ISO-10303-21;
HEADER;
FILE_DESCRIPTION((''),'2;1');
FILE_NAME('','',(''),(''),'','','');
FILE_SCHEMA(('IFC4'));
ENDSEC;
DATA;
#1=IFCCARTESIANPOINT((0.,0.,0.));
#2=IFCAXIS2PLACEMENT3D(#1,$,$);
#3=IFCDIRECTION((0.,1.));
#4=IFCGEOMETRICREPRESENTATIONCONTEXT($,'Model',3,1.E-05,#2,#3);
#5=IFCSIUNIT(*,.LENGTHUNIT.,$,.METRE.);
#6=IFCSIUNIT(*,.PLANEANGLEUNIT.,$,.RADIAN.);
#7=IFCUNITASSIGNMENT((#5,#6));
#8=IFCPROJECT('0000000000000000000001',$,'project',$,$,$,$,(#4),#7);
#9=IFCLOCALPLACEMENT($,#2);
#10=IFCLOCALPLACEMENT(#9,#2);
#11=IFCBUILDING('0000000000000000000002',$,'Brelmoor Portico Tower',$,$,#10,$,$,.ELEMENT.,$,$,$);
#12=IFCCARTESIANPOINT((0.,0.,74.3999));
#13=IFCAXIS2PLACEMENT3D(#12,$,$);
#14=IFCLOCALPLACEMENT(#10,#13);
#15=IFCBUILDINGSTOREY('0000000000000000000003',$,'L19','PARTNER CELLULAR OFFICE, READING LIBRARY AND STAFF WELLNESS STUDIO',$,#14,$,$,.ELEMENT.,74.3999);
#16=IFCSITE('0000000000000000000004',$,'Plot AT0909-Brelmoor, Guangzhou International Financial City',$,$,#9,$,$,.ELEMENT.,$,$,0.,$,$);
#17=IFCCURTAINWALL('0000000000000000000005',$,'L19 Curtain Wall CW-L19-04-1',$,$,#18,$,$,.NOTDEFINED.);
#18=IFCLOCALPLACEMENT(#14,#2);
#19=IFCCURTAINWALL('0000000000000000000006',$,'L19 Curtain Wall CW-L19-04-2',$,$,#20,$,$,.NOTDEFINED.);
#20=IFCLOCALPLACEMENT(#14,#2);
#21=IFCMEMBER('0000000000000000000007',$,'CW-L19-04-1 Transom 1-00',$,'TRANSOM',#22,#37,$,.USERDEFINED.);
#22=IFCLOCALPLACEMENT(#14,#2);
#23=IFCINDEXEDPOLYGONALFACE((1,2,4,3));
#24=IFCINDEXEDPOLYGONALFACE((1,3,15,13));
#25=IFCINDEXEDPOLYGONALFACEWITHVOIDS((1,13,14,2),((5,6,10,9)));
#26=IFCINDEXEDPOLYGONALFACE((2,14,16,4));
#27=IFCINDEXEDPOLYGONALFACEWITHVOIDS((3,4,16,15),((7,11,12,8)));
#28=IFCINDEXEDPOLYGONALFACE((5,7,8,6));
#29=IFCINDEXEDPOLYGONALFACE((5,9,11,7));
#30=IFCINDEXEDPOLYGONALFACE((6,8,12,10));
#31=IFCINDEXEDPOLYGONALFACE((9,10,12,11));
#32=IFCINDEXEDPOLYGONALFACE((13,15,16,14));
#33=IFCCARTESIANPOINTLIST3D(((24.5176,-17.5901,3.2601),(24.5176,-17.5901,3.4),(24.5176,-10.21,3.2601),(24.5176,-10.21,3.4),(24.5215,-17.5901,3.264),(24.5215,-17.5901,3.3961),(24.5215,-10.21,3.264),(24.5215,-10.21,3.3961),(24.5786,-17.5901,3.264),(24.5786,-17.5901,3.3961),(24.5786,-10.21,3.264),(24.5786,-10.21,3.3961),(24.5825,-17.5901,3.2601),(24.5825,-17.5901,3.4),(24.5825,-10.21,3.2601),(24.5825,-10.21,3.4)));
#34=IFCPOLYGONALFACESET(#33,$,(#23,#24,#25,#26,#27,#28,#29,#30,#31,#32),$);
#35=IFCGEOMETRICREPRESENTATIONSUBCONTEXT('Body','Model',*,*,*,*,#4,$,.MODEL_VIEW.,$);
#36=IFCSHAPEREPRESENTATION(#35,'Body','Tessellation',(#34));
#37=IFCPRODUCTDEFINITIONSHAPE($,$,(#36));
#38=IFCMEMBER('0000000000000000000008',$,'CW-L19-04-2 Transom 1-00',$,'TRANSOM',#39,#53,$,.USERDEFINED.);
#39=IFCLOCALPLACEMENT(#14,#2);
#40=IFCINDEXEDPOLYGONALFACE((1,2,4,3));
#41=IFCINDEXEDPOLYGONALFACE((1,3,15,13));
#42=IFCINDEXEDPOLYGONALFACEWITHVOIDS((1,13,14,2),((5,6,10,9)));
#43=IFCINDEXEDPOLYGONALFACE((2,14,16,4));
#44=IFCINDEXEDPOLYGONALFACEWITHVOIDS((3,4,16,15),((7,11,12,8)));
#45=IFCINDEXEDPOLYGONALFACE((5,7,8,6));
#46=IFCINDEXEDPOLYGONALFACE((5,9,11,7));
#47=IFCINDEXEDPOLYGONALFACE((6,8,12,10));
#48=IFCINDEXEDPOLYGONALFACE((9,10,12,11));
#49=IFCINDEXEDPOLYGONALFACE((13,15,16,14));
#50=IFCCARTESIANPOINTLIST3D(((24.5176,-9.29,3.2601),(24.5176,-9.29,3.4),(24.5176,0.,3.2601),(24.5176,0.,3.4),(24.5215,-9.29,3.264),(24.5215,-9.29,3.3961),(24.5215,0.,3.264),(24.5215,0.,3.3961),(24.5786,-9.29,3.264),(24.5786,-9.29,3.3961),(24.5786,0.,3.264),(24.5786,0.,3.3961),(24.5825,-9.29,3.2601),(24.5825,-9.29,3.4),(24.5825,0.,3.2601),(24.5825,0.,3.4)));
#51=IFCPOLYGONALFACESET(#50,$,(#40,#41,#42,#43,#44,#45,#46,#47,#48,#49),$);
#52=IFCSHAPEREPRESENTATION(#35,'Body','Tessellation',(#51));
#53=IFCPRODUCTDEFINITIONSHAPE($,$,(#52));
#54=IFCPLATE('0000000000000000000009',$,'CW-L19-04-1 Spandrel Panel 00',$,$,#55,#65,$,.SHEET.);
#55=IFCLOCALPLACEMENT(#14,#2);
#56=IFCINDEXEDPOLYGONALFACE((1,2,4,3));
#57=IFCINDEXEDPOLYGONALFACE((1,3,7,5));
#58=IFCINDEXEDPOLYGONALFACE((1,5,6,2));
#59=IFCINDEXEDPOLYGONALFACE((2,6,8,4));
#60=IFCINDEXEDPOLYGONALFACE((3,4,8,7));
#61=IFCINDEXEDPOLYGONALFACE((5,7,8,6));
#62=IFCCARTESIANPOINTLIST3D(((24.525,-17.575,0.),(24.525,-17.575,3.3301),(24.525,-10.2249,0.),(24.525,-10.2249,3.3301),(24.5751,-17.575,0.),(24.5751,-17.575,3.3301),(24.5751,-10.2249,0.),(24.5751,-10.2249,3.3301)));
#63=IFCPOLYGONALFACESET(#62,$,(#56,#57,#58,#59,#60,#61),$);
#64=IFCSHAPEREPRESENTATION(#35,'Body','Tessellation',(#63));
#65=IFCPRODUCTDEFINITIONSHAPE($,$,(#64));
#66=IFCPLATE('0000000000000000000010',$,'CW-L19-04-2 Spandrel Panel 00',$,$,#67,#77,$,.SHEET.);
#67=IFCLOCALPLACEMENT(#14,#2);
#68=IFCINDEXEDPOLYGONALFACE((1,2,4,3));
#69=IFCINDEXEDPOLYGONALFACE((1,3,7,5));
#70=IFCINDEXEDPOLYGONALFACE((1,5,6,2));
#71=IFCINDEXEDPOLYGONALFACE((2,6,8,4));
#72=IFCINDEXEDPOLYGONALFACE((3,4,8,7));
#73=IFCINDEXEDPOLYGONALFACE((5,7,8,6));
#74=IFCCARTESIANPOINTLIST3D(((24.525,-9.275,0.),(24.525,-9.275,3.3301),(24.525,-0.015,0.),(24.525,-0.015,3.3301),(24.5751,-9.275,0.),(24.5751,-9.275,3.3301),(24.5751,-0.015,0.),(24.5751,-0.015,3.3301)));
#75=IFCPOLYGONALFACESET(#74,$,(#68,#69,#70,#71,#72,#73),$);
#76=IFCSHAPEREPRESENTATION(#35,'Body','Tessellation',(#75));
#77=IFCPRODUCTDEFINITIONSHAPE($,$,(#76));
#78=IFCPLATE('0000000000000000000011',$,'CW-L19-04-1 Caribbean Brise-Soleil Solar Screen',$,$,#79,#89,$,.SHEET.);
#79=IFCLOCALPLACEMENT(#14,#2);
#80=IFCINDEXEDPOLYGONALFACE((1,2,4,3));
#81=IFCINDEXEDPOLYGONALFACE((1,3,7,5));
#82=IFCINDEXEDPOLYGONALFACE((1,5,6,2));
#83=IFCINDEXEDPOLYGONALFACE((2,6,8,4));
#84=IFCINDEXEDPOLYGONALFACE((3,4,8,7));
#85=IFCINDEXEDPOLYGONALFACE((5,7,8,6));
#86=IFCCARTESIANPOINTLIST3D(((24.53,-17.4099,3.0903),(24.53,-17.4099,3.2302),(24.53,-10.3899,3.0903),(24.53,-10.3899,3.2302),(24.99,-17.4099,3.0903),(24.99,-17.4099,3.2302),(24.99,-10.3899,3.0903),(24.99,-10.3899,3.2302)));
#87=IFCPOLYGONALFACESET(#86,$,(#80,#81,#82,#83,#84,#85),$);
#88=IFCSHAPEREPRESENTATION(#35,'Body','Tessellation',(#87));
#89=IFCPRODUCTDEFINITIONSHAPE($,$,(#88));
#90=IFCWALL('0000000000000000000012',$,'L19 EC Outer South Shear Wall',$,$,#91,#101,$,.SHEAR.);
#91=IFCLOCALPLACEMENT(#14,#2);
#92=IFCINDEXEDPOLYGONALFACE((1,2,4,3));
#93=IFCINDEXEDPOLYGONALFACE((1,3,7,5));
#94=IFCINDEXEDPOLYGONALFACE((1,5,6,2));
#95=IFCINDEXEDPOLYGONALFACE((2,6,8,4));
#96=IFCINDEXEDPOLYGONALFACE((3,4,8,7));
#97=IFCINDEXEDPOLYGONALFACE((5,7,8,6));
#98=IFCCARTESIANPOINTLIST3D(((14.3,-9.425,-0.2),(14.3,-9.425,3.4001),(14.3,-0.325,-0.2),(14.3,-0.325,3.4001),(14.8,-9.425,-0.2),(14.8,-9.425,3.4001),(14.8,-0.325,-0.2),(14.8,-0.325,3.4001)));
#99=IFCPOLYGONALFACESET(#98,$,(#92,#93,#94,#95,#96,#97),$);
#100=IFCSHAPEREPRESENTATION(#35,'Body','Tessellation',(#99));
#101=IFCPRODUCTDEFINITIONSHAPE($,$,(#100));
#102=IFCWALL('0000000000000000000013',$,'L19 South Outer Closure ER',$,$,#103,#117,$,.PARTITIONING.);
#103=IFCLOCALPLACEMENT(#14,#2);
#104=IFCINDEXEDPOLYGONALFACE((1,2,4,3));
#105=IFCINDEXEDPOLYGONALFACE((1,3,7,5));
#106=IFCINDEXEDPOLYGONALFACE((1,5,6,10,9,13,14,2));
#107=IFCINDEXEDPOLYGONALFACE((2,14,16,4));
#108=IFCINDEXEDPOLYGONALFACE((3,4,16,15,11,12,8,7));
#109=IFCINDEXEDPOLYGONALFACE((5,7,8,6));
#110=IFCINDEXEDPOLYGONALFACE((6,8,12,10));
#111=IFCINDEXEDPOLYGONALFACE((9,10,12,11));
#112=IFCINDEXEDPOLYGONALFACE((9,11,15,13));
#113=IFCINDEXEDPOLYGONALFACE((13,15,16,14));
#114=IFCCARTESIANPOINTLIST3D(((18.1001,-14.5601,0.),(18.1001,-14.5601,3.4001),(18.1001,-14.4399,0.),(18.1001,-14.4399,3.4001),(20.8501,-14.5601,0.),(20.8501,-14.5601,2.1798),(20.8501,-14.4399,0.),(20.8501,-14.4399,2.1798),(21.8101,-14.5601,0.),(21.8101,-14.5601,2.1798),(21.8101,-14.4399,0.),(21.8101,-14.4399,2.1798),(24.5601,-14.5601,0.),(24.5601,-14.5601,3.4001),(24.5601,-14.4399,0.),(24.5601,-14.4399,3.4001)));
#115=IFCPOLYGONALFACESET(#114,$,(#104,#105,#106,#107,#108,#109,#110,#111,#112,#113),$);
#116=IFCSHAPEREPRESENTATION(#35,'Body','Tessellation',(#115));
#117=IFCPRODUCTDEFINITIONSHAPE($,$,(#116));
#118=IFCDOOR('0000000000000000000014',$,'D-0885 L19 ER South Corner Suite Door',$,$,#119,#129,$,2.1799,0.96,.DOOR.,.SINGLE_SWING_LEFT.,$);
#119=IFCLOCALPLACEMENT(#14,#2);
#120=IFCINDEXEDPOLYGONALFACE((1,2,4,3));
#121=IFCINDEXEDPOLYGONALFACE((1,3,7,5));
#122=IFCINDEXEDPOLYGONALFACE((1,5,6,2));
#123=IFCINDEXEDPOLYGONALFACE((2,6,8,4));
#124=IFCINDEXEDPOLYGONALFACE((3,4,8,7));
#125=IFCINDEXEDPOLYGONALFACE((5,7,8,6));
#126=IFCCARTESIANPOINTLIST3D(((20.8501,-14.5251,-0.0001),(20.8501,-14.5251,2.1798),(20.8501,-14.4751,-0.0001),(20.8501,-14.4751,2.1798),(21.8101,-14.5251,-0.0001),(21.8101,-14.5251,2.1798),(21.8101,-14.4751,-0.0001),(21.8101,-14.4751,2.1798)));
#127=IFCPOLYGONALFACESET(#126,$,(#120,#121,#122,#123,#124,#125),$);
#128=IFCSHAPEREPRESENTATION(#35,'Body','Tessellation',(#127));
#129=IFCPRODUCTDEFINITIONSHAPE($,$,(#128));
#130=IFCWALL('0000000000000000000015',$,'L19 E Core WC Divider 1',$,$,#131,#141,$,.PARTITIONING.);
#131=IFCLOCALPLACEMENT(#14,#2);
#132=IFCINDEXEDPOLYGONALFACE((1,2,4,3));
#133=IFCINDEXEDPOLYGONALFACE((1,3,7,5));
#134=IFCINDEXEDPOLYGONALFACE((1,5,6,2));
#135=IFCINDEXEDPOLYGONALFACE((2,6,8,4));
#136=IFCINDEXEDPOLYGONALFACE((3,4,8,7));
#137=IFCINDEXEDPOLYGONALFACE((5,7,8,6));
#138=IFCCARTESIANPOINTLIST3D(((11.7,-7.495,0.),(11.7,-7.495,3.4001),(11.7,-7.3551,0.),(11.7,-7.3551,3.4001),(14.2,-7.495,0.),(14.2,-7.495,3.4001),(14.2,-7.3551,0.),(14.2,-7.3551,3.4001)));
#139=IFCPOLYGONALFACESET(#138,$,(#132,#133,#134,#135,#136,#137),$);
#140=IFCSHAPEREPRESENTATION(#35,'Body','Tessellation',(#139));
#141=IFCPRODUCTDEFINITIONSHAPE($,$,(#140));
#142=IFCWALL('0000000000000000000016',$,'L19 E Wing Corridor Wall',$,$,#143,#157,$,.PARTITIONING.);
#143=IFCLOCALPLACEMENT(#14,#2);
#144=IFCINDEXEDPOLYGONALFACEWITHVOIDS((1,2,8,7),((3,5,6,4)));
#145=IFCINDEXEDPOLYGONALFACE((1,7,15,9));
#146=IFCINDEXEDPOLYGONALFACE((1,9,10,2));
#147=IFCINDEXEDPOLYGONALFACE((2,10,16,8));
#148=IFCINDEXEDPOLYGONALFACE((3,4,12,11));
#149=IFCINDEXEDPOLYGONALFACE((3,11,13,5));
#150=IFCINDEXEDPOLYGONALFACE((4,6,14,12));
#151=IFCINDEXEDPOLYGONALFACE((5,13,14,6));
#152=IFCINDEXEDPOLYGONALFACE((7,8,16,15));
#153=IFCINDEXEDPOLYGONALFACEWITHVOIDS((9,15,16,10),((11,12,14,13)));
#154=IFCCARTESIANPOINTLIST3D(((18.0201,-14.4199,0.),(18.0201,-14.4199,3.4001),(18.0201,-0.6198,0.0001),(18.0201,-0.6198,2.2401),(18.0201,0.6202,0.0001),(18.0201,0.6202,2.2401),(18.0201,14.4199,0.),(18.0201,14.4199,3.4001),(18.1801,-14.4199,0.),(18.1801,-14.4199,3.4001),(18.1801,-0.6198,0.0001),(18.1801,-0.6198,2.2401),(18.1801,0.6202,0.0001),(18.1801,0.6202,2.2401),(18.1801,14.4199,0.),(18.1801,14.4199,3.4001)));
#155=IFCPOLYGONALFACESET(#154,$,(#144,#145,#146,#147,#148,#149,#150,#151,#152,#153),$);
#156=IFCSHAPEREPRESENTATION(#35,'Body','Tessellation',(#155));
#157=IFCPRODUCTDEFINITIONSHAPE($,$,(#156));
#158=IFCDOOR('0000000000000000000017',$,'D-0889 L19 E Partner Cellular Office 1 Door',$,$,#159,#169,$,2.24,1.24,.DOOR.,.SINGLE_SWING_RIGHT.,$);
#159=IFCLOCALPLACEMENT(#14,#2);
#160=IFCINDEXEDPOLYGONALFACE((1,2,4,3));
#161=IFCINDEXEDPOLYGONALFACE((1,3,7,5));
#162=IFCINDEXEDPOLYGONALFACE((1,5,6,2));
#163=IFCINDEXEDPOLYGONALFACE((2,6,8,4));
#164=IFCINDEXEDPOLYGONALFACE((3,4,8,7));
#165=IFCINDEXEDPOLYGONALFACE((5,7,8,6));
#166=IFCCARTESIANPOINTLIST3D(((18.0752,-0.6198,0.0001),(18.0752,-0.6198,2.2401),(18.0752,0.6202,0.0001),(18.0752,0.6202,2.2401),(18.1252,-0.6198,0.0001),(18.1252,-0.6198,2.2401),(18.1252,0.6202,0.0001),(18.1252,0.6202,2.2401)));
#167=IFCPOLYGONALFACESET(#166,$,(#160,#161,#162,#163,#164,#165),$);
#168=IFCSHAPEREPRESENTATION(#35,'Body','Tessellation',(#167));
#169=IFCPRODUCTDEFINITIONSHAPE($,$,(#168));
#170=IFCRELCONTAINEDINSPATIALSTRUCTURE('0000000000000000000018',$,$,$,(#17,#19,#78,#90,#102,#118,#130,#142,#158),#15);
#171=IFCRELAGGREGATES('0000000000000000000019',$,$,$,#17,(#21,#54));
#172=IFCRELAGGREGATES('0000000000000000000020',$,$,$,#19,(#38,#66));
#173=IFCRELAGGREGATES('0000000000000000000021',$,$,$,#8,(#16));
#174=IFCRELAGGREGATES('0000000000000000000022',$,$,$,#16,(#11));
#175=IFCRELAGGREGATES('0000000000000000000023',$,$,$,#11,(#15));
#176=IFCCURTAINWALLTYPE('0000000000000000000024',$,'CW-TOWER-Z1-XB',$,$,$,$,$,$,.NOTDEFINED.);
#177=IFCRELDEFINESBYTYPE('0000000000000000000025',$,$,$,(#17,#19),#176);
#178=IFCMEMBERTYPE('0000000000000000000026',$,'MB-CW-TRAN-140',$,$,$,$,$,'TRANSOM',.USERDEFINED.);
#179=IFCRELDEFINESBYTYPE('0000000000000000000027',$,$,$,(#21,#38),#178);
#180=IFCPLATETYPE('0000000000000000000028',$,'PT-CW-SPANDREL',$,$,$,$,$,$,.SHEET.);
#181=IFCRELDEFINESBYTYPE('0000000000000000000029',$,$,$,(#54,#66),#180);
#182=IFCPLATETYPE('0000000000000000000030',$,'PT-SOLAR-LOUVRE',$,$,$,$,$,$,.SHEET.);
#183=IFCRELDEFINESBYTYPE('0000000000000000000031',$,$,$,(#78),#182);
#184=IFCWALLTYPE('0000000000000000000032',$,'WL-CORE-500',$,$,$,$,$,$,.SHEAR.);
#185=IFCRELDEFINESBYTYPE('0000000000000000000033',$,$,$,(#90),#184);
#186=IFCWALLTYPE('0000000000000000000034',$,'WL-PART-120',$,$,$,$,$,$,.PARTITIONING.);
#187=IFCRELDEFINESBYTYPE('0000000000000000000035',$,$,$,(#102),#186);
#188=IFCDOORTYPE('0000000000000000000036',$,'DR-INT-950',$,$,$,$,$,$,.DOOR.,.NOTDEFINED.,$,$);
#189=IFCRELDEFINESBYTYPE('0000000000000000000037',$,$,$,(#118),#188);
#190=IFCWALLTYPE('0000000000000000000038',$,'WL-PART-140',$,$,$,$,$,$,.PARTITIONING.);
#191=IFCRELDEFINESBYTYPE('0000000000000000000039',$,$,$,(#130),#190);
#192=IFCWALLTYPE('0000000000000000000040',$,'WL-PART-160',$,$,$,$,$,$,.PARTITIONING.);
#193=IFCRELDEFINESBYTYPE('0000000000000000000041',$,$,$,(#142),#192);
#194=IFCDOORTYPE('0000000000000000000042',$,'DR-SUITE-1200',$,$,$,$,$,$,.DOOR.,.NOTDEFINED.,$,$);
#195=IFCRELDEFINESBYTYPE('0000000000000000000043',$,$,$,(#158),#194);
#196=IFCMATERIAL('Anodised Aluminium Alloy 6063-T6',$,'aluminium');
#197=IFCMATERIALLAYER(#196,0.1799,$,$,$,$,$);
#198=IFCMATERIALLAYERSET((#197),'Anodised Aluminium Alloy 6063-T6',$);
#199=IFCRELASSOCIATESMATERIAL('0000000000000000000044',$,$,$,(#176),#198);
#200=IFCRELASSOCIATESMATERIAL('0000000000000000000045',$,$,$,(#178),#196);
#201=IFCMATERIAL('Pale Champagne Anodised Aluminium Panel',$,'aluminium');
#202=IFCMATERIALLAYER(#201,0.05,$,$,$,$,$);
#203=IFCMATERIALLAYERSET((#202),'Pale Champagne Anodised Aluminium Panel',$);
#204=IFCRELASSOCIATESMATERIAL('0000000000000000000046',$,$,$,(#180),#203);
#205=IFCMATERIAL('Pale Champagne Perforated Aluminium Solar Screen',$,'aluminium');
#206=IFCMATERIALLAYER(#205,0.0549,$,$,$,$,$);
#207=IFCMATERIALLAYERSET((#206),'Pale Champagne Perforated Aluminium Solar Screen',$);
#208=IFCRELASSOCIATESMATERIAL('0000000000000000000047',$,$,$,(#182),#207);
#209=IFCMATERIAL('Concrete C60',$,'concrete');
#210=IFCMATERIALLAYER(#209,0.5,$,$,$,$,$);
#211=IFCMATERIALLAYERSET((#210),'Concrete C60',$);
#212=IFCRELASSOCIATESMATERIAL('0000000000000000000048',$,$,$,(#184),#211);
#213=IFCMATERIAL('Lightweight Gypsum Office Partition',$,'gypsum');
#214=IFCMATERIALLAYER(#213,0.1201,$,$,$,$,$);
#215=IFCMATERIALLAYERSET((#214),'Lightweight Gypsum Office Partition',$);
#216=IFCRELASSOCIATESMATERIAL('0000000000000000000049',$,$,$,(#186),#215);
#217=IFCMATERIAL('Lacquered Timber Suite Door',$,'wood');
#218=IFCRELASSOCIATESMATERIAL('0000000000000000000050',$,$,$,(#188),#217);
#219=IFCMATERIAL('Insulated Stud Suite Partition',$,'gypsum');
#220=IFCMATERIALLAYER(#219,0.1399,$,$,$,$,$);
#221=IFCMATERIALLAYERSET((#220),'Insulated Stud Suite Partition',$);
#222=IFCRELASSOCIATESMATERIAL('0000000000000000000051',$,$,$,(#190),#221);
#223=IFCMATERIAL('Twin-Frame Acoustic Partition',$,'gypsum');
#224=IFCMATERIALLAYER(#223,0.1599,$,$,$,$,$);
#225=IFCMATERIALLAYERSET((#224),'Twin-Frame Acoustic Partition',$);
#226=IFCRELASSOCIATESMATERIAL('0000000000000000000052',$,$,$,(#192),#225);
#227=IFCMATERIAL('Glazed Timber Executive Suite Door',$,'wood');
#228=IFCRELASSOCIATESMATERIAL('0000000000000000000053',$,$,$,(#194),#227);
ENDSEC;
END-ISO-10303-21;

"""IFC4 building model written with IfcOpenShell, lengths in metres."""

from ifc_helpers import new_model, si_unit, direction, frame, frame_2d, origin, origin_2d, place, context, subcontext, project, spatial, rectangle, hollow_rectangle, extrude, material, layer, layer_set, material_profile, profile_set, type_object, element, fill, aggregate, save


model = new_model("IFC4")

# Units and contexts
model_context = context("Model", 3, precision=1e-05, world=origin(), true_north=direction((0.0, 1.0)))
body_context = subcontext(model_context, "Body", "Model", "MODEL_VIEW")
ifc_project = project(units=[si_unit("LENGTHUNIT", "METRE"), si_unit("PLANEANGLEUNIT", "RADIAN")], contexts=[model_context])

# Site, building, storey
site_placement = place(None, origin())
site = spatial("IfcSite", under=ifc_project, at=site_placement, Name="Plot AT0909-Brelmoor, Guangzhou International Financial City", CompositionType="ELEMENT", RefElevation=0.0)
building_placement = place(site_placement, origin())
building = spatial("IfcBuilding", under=site, at=building_placement, Name="Brelmoor Portico Tower", CompositionType="ELEMENT")
storey_placement = place(building_placement, frame((0.0, 0.0, 74.3999)))
storey = spatial("IfcBuildingStorey", under=building, at=storey_placement, Name="L19", Description="PARTNER CELLULAR OFFICE, READING LIBRARY AND STAFF WELLNESS STUDIO", CompositionType="ELEMENT", Elevation=74.3999)

# Curtain walls
ifc_material_1 = material(Name="Anodised Aluminium Alloy 6063-T6", Category="aluminium")
ifc_layer_1 = layer(ifc_material_1, 0.1799)
ifc_layer_set_1 = layer_set([ifc_layer_1], Name="Anodised Aluminium Alloy 6063-T6")
curtain_wall_type = type_object("IfcCurtainWallType", Name="CW-TOWER-Z1-XB", PredefinedType="NOTDEFINED", material=ifc_layer_set_1)
curtain_wall_1_placement = place(storey_placement, origin())
curtain_wall_1 = element("IfcCurtainWall", 1, at=curtain_wall_1_placement, inside=storey, type_object=curtain_wall_type, Name="L19 Curtain Wall CW-L19-04-1", PredefinedType="NOTDEFINED")
curtain_wall_2_placement = place(storey_placement, origin())
curtain_wall_2 = element("IfcCurtainWall", 2, at=curtain_wall_2_placement, inside=storey, type_object=curtain_wall_type, Name="L19 Curtain Wall CW-L19-04-2", PredefinedType="NOTDEFINED")

# Members
ifc_material_profile_1 = material_profile(ifc_material_1, hollow_rectangle(XDim=0.0649, YDim=0.1399, WallThickness=0.0039, at=origin_2d()), Name="ALU TRANSOM 65x140")
ifc_profile_set_1 = profile_set([ifc_material_profile_1], Name="Anodised Aluminium Alloy 6063-T6")
member_type_1 = type_object("IfcMemberType", Name="MB-CW-TRAN-140", ElementType="TRANSOM", PredefinedType="USERDEFINED", material=ifc_profile_set_1)
member_1_placement = place(storey_placement, frame((24.55, -17.5901, 3.3301), z_axis=(0.0, 1.0, 0.0), x_axis=(-1.0, 0.0, 0.0)))
member_1 = element("IfcMember", 3, at=member_1_placement, type_object=member_type_1, Name="CW-L19-04-1 Transom 1-00", ObjectType="TRANSOM", PredefinedType="USERDEFINED", context=body_context, shape_type="SweptSolid", body=[
    extrude(hollow_rectangle(XDim=0.0649, YDim=0.1399, WallThickness=0.0039, at=origin_2d()), origin(), (0.0, 0.0, 1.0), 7.3801),
])
member_2_placement = place(storey_placement, frame((24.55, -9.29, 3.3301), z_axis=(0.0, 1.0, 0.0), x_axis=(-1.0, 0.0, 0.0)))
member_2 = element("IfcMember", 4, at=member_2_placement, type_object=member_type_1, Name="CW-L19-04-2 Transom 1-00", ObjectType="TRANSOM", PredefinedType="USERDEFINED", context=body_context, shape_type="SweptSolid", body=[
    extrude(hollow_rectangle(XDim=0.0649, YDim=0.1399, WallThickness=0.0039, at=origin_2d()), origin(), (0.0, 0.0, 1.0), 9.29),
])

# Plates
ifc_material_2 = material(Name="Pale Champagne Anodised Aluminium Panel", Category="aluminium")
ifc_layer_2 = layer(ifc_material_2, 0.05)
ifc_layer_set_2 = layer_set([ifc_layer_2], Name="Pale Champagne Anodised Aluminium Panel")
plate_type_1 = type_object("IfcPlateType", Name="PT-CW-SPANDREL", PredefinedType="SHEET", material=ifc_layer_set_2)
plate_1_placement = place(storey_placement, frame((24.55, -13.8999, 0.0), z_axis=(0.0, 0.0, 1.0), x_axis=(0.0, 1.0, 0.0)))
plate_1 = element("IfcPlate", 5, at=plate_1_placement, type_object=plate_type_1, Name="CW-L19-04-1 Spandrel Panel 00", PredefinedType="SHEET", context=body_context, shape_type="SweptSolid", body=[
    extrude(rectangle(XDim=7.3501, YDim=0.05, at=origin_2d()), origin(), (0.0, 0.0, 1.0), 3.3301),
])
aggregate(curtain_wall_1, [member_1, plate_1])
plate_2_placement = place(storey_placement, frame((24.55, -4.645, 0.0), z_axis=(0.0, 0.0, 1.0), x_axis=(0.0, 1.0, 0.0)))
plate_2 = element("IfcPlate", 6, at=plate_2_placement, type_object=plate_type_1, Name="CW-L19-04-2 Spandrel Panel 00", PredefinedType="SHEET", context=body_context, shape_type="SweptSolid", body=[
    extrude(rectangle(XDim=9.26, YDim=0.05, at=origin_2d()), origin(), (0.0, 0.0, 1.0), 3.3301),
])
aggregate(curtain_wall_2, [member_2, plate_2])
ifc_material_3 = material(Name="Pale Champagne Perforated Aluminium Solar Screen", Category="aluminium")
ifc_layer_3 = layer(ifc_material_3, 0.0549)
ifc_layer_set_3 = layer_set([ifc_layer_3], Name="Pale Champagne Perforated Aluminium Solar Screen")
plate_type_2 = type_object("IfcPlateType", Name="PT-SOLAR-LOUVRE", PredefinedType="SHEET", material=ifc_layer_set_3)
plate_3_placement = place(storey_placement, frame((24.76, -13.8999, 3.0903), z_axis=(0.0, 0.0, 1.0), x_axis=(0.0, 1.0, 0.0)))
element("IfcPlate", 7, at=plate_3_placement, inside=storey, type_object=plate_type_2, Name="CW-L19-04-1 Caribbean Brise-Soleil Solar Screen", PredefinedType="SHEET", context=body_context, shape_type="SweptSolid", body=[
    extrude(rectangle(XDim=7.02, YDim=0.46, at=origin_2d()), origin(), (0.0, 0.0, 1.0), 0.1399),
])

# Wall
ifc_material_4 = material(Name="Concrete C60", Category="concrete")
ifc_layer_4 = layer(ifc_material_4, 0.5)
ifc_layer_set_4 = layer_set([ifc_layer_4], Name="Concrete C60")
wall_type_1 = type_object("IfcWallType", Name="WL-CORE-500", PredefinedType="SHEAR", material=ifc_layer_set_4)
wall_1_placement = place(storey_placement, frame((14.55, -9.425, -0.2), z_axis=(0.0, 0.0, 1.0), x_axis=(0.0, 1.0, 0.0)))
element("IfcWall", 8, at=wall_1_placement, inside=storey, type_object=wall_type_1, Name="L19 EC Outer South Shear Wall", PredefinedType="SHEAR", context=body_context, shape_type="SweptSolid", body=[
    extrude(rectangle(XDim=9.1001, YDim=0.5, at=frame_2d((4.55, 0.0))), origin(), (0.0, 0.0, 1.0), 3.6001),
])

# Wall, opening, door
ifc_material_5 = material(Name="Lightweight Gypsum Office Partition", Category="gypsum")
ifc_layer_5 = layer(ifc_material_5, 0.1201)
ifc_layer_set_5 = layer_set([ifc_layer_5], Name="Lightweight Gypsum Office Partition")
wall_type_2 = type_object("IfcWallType", Name="WL-PART-120", PredefinedType="PARTITIONING", material=ifc_layer_set_5)
wall_2_placement = place(storey_placement, frame((18.1001, -14.5, 0.0), z_axis=(0.0, 0.0, 1.0), x_axis=(1.0, 0.0, 0.0)))
wall_2 = element("IfcWall", 9, at=wall_2_placement, inside=storey, type_object=wall_type_2, Name="L19 South Outer Closure ER", PredefinedType="PARTITIONING", context=body_context, shape_type="SweptSolid", body=[
    extrude(rectangle(XDim=6.46, YDim=0.1201, at=frame_2d((3.23, 0.0))), origin(), (0.0, 0.0, 1.0), 3.4001),
])
opening_1_placement = place(wall_2_placement, frame((2.75, 0.0, 0.0)))
opening_1 = element("IfcOpeningElement", 10, at=opening_1_placement, cuts=wall_2, PredefinedType="OPENING", context=body_context, shape_type="SweptSolid", body=[
    extrude(rectangle(XDim=0.96, YDim=2.1799, at=frame_2d((0.48, 1.0898))), frame((0.0, 0.0701, 0.0), z_axis=(0.0, -1.0, 0.0), x_axis=(1.0, 0.0, 0.0)), (0.0, 0.0, 1.0), 0.1401),
])
ifc_material_6 = material(Name="Lacquered Timber Suite Door", Category="wood")
door_type_1 = type_object("IfcDoorType", Name="DR-INT-950", OperationType="NOTDEFINED", PredefinedType="DOOR", material=ifc_material_6)
door_1_placement = place(opening_1_placement, origin())
door_1 = element("IfcDoor", 11, at=door_1_placement, inside=storey, type_object=door_type_1, Name="D-0885 L19 ER South Corner Suite Door", OperationType="SINGLE_SWING_LEFT", OverallHeight=2.1799, OverallWidth=0.96, PredefinedType="DOOR", context=body_context, shape_type="SweptSolid", body=[
    extrude(rectangle(XDim=0.96, YDim=2.1799, at=frame_2d((0.48, 1.0898))), frame((0.0, 0.0249, 0.0), z_axis=(0.0, -1.0, 0.0), x_axis=(1.0, 0.0, 0.0)), (0.0, 0.0, 1.0), 0.05),
])
fill(opening_1, door_1)

# Wall
ifc_material_7 = material(Name="Insulated Stud Suite Partition", Category="gypsum")
ifc_layer_6 = layer(ifc_material_7, 0.1399)
ifc_layer_set_6 = layer_set([ifc_layer_6], Name="Insulated Stud Suite Partition")
wall_type_3 = type_object("IfcWallType", Name="WL-PART-140", PredefinedType="PARTITIONING", material=ifc_layer_set_6)
wall_3_placement = place(storey_placement, frame((11.7, -7.425, 0.0), z_axis=(0.0, 0.0, 1.0), x_axis=(1.0, 0.0, 0.0)))
element("IfcWall", 12, at=wall_3_placement, inside=storey, type_object=wall_type_3, Name="L19 E Core WC Divider 1", PredefinedType="PARTITIONING", context=body_context, shape_type="SweptSolid", body=[
    extrude(rectangle(XDim=2.5, YDim=0.1399, at=frame_2d((1.25, 0.0))), origin(), (0.0, 0.0, 1.0), 3.4001),
])

# Shared definitions
ifc_material_8 = material(Name="Twin-Frame Acoustic Partition", Category="gypsum")
ifc_layer_7 = layer(ifc_material_8, 0.1599)
ifc_layer_set_7 = layer_set([ifc_layer_7], Name="Twin-Frame Acoustic Partition")
wall_type_4 = type_object("IfcWallType", Name="WL-PART-160", PredefinedType="PARTITIONING", material=ifc_layer_set_7)

# Wall, opening, door
wall_4_placement = place(storey_placement, frame((18.1001, -14.4199, 0.0), z_axis=(0.0, 0.0, 1.0), x_axis=(0.0, 1.0, 0.0)))
wall_4 = element("IfcWall", 13, at=wall_4_placement, inside=storey, type_object=wall_type_4, Name="L19 E Wing Corridor Wall", PredefinedType="PARTITIONING", context=body_context, shape_type="SweptSolid", body=[
    extrude(rectangle(XDim=28.8398, YDim=0.1599, at=frame_2d((14.4199, 0.0))), origin(), (0.0, 0.0, 1.0), 3.4001),
])
opening_2_placement = place(wall_4_placement, frame((13.8, 0.0, 0.0)))
opening_2 = element("IfcOpeningElement", 14, at=opening_2_placement, cuts=wall_4, PredefinedType="OPENING", context=body_context, shape_type="SweptSolid", body=[
    extrude(rectangle(XDim=1.24, YDim=2.24, at=frame_2d((0.6201, 1.1201))), frame((0.0, 0.0898, 0.0), z_axis=(0.0, -1.0, 0.0), x_axis=(1.0, 0.0, 0.0)), (0.0, 0.0, 1.0), 0.1799),
])
ifc_material_9 = material(Name="Glazed Timber Executive Suite Door", Category="wood")
door_type_2 = type_object("IfcDoorType", Name="DR-SUITE-1200", OperationType="NOTDEFINED", PredefinedType="DOOR", material=ifc_material_9)
door_2_placement = place(opening_2_placement, origin())
door_2 = element("IfcDoor", 15, at=door_2_placement, inside=storey, type_object=door_type_2, Name="D-0889 L19 E Partner Cellular Office 1 Door", OperationType="SINGLE_SWING_RIGHT", OverallHeight=2.24, OverallWidth=1.24, PredefinedType="DOOR", context=body_context, shape_type="SweptSolid", body=[
    extrude(rectangle(XDim=1.24, YDim=2.24, at=frame_2d((0.6201, 1.1201))), frame((0.0, 0.0249, 0.0), z_axis=(0.0, -1.0, 0.0), x_axis=(1.0, 0.0, 0.0)), (0.0, 0.0, 1.0), 0.05),
])
fill(opening_2, door_2)

save(model, "model.ifc")
